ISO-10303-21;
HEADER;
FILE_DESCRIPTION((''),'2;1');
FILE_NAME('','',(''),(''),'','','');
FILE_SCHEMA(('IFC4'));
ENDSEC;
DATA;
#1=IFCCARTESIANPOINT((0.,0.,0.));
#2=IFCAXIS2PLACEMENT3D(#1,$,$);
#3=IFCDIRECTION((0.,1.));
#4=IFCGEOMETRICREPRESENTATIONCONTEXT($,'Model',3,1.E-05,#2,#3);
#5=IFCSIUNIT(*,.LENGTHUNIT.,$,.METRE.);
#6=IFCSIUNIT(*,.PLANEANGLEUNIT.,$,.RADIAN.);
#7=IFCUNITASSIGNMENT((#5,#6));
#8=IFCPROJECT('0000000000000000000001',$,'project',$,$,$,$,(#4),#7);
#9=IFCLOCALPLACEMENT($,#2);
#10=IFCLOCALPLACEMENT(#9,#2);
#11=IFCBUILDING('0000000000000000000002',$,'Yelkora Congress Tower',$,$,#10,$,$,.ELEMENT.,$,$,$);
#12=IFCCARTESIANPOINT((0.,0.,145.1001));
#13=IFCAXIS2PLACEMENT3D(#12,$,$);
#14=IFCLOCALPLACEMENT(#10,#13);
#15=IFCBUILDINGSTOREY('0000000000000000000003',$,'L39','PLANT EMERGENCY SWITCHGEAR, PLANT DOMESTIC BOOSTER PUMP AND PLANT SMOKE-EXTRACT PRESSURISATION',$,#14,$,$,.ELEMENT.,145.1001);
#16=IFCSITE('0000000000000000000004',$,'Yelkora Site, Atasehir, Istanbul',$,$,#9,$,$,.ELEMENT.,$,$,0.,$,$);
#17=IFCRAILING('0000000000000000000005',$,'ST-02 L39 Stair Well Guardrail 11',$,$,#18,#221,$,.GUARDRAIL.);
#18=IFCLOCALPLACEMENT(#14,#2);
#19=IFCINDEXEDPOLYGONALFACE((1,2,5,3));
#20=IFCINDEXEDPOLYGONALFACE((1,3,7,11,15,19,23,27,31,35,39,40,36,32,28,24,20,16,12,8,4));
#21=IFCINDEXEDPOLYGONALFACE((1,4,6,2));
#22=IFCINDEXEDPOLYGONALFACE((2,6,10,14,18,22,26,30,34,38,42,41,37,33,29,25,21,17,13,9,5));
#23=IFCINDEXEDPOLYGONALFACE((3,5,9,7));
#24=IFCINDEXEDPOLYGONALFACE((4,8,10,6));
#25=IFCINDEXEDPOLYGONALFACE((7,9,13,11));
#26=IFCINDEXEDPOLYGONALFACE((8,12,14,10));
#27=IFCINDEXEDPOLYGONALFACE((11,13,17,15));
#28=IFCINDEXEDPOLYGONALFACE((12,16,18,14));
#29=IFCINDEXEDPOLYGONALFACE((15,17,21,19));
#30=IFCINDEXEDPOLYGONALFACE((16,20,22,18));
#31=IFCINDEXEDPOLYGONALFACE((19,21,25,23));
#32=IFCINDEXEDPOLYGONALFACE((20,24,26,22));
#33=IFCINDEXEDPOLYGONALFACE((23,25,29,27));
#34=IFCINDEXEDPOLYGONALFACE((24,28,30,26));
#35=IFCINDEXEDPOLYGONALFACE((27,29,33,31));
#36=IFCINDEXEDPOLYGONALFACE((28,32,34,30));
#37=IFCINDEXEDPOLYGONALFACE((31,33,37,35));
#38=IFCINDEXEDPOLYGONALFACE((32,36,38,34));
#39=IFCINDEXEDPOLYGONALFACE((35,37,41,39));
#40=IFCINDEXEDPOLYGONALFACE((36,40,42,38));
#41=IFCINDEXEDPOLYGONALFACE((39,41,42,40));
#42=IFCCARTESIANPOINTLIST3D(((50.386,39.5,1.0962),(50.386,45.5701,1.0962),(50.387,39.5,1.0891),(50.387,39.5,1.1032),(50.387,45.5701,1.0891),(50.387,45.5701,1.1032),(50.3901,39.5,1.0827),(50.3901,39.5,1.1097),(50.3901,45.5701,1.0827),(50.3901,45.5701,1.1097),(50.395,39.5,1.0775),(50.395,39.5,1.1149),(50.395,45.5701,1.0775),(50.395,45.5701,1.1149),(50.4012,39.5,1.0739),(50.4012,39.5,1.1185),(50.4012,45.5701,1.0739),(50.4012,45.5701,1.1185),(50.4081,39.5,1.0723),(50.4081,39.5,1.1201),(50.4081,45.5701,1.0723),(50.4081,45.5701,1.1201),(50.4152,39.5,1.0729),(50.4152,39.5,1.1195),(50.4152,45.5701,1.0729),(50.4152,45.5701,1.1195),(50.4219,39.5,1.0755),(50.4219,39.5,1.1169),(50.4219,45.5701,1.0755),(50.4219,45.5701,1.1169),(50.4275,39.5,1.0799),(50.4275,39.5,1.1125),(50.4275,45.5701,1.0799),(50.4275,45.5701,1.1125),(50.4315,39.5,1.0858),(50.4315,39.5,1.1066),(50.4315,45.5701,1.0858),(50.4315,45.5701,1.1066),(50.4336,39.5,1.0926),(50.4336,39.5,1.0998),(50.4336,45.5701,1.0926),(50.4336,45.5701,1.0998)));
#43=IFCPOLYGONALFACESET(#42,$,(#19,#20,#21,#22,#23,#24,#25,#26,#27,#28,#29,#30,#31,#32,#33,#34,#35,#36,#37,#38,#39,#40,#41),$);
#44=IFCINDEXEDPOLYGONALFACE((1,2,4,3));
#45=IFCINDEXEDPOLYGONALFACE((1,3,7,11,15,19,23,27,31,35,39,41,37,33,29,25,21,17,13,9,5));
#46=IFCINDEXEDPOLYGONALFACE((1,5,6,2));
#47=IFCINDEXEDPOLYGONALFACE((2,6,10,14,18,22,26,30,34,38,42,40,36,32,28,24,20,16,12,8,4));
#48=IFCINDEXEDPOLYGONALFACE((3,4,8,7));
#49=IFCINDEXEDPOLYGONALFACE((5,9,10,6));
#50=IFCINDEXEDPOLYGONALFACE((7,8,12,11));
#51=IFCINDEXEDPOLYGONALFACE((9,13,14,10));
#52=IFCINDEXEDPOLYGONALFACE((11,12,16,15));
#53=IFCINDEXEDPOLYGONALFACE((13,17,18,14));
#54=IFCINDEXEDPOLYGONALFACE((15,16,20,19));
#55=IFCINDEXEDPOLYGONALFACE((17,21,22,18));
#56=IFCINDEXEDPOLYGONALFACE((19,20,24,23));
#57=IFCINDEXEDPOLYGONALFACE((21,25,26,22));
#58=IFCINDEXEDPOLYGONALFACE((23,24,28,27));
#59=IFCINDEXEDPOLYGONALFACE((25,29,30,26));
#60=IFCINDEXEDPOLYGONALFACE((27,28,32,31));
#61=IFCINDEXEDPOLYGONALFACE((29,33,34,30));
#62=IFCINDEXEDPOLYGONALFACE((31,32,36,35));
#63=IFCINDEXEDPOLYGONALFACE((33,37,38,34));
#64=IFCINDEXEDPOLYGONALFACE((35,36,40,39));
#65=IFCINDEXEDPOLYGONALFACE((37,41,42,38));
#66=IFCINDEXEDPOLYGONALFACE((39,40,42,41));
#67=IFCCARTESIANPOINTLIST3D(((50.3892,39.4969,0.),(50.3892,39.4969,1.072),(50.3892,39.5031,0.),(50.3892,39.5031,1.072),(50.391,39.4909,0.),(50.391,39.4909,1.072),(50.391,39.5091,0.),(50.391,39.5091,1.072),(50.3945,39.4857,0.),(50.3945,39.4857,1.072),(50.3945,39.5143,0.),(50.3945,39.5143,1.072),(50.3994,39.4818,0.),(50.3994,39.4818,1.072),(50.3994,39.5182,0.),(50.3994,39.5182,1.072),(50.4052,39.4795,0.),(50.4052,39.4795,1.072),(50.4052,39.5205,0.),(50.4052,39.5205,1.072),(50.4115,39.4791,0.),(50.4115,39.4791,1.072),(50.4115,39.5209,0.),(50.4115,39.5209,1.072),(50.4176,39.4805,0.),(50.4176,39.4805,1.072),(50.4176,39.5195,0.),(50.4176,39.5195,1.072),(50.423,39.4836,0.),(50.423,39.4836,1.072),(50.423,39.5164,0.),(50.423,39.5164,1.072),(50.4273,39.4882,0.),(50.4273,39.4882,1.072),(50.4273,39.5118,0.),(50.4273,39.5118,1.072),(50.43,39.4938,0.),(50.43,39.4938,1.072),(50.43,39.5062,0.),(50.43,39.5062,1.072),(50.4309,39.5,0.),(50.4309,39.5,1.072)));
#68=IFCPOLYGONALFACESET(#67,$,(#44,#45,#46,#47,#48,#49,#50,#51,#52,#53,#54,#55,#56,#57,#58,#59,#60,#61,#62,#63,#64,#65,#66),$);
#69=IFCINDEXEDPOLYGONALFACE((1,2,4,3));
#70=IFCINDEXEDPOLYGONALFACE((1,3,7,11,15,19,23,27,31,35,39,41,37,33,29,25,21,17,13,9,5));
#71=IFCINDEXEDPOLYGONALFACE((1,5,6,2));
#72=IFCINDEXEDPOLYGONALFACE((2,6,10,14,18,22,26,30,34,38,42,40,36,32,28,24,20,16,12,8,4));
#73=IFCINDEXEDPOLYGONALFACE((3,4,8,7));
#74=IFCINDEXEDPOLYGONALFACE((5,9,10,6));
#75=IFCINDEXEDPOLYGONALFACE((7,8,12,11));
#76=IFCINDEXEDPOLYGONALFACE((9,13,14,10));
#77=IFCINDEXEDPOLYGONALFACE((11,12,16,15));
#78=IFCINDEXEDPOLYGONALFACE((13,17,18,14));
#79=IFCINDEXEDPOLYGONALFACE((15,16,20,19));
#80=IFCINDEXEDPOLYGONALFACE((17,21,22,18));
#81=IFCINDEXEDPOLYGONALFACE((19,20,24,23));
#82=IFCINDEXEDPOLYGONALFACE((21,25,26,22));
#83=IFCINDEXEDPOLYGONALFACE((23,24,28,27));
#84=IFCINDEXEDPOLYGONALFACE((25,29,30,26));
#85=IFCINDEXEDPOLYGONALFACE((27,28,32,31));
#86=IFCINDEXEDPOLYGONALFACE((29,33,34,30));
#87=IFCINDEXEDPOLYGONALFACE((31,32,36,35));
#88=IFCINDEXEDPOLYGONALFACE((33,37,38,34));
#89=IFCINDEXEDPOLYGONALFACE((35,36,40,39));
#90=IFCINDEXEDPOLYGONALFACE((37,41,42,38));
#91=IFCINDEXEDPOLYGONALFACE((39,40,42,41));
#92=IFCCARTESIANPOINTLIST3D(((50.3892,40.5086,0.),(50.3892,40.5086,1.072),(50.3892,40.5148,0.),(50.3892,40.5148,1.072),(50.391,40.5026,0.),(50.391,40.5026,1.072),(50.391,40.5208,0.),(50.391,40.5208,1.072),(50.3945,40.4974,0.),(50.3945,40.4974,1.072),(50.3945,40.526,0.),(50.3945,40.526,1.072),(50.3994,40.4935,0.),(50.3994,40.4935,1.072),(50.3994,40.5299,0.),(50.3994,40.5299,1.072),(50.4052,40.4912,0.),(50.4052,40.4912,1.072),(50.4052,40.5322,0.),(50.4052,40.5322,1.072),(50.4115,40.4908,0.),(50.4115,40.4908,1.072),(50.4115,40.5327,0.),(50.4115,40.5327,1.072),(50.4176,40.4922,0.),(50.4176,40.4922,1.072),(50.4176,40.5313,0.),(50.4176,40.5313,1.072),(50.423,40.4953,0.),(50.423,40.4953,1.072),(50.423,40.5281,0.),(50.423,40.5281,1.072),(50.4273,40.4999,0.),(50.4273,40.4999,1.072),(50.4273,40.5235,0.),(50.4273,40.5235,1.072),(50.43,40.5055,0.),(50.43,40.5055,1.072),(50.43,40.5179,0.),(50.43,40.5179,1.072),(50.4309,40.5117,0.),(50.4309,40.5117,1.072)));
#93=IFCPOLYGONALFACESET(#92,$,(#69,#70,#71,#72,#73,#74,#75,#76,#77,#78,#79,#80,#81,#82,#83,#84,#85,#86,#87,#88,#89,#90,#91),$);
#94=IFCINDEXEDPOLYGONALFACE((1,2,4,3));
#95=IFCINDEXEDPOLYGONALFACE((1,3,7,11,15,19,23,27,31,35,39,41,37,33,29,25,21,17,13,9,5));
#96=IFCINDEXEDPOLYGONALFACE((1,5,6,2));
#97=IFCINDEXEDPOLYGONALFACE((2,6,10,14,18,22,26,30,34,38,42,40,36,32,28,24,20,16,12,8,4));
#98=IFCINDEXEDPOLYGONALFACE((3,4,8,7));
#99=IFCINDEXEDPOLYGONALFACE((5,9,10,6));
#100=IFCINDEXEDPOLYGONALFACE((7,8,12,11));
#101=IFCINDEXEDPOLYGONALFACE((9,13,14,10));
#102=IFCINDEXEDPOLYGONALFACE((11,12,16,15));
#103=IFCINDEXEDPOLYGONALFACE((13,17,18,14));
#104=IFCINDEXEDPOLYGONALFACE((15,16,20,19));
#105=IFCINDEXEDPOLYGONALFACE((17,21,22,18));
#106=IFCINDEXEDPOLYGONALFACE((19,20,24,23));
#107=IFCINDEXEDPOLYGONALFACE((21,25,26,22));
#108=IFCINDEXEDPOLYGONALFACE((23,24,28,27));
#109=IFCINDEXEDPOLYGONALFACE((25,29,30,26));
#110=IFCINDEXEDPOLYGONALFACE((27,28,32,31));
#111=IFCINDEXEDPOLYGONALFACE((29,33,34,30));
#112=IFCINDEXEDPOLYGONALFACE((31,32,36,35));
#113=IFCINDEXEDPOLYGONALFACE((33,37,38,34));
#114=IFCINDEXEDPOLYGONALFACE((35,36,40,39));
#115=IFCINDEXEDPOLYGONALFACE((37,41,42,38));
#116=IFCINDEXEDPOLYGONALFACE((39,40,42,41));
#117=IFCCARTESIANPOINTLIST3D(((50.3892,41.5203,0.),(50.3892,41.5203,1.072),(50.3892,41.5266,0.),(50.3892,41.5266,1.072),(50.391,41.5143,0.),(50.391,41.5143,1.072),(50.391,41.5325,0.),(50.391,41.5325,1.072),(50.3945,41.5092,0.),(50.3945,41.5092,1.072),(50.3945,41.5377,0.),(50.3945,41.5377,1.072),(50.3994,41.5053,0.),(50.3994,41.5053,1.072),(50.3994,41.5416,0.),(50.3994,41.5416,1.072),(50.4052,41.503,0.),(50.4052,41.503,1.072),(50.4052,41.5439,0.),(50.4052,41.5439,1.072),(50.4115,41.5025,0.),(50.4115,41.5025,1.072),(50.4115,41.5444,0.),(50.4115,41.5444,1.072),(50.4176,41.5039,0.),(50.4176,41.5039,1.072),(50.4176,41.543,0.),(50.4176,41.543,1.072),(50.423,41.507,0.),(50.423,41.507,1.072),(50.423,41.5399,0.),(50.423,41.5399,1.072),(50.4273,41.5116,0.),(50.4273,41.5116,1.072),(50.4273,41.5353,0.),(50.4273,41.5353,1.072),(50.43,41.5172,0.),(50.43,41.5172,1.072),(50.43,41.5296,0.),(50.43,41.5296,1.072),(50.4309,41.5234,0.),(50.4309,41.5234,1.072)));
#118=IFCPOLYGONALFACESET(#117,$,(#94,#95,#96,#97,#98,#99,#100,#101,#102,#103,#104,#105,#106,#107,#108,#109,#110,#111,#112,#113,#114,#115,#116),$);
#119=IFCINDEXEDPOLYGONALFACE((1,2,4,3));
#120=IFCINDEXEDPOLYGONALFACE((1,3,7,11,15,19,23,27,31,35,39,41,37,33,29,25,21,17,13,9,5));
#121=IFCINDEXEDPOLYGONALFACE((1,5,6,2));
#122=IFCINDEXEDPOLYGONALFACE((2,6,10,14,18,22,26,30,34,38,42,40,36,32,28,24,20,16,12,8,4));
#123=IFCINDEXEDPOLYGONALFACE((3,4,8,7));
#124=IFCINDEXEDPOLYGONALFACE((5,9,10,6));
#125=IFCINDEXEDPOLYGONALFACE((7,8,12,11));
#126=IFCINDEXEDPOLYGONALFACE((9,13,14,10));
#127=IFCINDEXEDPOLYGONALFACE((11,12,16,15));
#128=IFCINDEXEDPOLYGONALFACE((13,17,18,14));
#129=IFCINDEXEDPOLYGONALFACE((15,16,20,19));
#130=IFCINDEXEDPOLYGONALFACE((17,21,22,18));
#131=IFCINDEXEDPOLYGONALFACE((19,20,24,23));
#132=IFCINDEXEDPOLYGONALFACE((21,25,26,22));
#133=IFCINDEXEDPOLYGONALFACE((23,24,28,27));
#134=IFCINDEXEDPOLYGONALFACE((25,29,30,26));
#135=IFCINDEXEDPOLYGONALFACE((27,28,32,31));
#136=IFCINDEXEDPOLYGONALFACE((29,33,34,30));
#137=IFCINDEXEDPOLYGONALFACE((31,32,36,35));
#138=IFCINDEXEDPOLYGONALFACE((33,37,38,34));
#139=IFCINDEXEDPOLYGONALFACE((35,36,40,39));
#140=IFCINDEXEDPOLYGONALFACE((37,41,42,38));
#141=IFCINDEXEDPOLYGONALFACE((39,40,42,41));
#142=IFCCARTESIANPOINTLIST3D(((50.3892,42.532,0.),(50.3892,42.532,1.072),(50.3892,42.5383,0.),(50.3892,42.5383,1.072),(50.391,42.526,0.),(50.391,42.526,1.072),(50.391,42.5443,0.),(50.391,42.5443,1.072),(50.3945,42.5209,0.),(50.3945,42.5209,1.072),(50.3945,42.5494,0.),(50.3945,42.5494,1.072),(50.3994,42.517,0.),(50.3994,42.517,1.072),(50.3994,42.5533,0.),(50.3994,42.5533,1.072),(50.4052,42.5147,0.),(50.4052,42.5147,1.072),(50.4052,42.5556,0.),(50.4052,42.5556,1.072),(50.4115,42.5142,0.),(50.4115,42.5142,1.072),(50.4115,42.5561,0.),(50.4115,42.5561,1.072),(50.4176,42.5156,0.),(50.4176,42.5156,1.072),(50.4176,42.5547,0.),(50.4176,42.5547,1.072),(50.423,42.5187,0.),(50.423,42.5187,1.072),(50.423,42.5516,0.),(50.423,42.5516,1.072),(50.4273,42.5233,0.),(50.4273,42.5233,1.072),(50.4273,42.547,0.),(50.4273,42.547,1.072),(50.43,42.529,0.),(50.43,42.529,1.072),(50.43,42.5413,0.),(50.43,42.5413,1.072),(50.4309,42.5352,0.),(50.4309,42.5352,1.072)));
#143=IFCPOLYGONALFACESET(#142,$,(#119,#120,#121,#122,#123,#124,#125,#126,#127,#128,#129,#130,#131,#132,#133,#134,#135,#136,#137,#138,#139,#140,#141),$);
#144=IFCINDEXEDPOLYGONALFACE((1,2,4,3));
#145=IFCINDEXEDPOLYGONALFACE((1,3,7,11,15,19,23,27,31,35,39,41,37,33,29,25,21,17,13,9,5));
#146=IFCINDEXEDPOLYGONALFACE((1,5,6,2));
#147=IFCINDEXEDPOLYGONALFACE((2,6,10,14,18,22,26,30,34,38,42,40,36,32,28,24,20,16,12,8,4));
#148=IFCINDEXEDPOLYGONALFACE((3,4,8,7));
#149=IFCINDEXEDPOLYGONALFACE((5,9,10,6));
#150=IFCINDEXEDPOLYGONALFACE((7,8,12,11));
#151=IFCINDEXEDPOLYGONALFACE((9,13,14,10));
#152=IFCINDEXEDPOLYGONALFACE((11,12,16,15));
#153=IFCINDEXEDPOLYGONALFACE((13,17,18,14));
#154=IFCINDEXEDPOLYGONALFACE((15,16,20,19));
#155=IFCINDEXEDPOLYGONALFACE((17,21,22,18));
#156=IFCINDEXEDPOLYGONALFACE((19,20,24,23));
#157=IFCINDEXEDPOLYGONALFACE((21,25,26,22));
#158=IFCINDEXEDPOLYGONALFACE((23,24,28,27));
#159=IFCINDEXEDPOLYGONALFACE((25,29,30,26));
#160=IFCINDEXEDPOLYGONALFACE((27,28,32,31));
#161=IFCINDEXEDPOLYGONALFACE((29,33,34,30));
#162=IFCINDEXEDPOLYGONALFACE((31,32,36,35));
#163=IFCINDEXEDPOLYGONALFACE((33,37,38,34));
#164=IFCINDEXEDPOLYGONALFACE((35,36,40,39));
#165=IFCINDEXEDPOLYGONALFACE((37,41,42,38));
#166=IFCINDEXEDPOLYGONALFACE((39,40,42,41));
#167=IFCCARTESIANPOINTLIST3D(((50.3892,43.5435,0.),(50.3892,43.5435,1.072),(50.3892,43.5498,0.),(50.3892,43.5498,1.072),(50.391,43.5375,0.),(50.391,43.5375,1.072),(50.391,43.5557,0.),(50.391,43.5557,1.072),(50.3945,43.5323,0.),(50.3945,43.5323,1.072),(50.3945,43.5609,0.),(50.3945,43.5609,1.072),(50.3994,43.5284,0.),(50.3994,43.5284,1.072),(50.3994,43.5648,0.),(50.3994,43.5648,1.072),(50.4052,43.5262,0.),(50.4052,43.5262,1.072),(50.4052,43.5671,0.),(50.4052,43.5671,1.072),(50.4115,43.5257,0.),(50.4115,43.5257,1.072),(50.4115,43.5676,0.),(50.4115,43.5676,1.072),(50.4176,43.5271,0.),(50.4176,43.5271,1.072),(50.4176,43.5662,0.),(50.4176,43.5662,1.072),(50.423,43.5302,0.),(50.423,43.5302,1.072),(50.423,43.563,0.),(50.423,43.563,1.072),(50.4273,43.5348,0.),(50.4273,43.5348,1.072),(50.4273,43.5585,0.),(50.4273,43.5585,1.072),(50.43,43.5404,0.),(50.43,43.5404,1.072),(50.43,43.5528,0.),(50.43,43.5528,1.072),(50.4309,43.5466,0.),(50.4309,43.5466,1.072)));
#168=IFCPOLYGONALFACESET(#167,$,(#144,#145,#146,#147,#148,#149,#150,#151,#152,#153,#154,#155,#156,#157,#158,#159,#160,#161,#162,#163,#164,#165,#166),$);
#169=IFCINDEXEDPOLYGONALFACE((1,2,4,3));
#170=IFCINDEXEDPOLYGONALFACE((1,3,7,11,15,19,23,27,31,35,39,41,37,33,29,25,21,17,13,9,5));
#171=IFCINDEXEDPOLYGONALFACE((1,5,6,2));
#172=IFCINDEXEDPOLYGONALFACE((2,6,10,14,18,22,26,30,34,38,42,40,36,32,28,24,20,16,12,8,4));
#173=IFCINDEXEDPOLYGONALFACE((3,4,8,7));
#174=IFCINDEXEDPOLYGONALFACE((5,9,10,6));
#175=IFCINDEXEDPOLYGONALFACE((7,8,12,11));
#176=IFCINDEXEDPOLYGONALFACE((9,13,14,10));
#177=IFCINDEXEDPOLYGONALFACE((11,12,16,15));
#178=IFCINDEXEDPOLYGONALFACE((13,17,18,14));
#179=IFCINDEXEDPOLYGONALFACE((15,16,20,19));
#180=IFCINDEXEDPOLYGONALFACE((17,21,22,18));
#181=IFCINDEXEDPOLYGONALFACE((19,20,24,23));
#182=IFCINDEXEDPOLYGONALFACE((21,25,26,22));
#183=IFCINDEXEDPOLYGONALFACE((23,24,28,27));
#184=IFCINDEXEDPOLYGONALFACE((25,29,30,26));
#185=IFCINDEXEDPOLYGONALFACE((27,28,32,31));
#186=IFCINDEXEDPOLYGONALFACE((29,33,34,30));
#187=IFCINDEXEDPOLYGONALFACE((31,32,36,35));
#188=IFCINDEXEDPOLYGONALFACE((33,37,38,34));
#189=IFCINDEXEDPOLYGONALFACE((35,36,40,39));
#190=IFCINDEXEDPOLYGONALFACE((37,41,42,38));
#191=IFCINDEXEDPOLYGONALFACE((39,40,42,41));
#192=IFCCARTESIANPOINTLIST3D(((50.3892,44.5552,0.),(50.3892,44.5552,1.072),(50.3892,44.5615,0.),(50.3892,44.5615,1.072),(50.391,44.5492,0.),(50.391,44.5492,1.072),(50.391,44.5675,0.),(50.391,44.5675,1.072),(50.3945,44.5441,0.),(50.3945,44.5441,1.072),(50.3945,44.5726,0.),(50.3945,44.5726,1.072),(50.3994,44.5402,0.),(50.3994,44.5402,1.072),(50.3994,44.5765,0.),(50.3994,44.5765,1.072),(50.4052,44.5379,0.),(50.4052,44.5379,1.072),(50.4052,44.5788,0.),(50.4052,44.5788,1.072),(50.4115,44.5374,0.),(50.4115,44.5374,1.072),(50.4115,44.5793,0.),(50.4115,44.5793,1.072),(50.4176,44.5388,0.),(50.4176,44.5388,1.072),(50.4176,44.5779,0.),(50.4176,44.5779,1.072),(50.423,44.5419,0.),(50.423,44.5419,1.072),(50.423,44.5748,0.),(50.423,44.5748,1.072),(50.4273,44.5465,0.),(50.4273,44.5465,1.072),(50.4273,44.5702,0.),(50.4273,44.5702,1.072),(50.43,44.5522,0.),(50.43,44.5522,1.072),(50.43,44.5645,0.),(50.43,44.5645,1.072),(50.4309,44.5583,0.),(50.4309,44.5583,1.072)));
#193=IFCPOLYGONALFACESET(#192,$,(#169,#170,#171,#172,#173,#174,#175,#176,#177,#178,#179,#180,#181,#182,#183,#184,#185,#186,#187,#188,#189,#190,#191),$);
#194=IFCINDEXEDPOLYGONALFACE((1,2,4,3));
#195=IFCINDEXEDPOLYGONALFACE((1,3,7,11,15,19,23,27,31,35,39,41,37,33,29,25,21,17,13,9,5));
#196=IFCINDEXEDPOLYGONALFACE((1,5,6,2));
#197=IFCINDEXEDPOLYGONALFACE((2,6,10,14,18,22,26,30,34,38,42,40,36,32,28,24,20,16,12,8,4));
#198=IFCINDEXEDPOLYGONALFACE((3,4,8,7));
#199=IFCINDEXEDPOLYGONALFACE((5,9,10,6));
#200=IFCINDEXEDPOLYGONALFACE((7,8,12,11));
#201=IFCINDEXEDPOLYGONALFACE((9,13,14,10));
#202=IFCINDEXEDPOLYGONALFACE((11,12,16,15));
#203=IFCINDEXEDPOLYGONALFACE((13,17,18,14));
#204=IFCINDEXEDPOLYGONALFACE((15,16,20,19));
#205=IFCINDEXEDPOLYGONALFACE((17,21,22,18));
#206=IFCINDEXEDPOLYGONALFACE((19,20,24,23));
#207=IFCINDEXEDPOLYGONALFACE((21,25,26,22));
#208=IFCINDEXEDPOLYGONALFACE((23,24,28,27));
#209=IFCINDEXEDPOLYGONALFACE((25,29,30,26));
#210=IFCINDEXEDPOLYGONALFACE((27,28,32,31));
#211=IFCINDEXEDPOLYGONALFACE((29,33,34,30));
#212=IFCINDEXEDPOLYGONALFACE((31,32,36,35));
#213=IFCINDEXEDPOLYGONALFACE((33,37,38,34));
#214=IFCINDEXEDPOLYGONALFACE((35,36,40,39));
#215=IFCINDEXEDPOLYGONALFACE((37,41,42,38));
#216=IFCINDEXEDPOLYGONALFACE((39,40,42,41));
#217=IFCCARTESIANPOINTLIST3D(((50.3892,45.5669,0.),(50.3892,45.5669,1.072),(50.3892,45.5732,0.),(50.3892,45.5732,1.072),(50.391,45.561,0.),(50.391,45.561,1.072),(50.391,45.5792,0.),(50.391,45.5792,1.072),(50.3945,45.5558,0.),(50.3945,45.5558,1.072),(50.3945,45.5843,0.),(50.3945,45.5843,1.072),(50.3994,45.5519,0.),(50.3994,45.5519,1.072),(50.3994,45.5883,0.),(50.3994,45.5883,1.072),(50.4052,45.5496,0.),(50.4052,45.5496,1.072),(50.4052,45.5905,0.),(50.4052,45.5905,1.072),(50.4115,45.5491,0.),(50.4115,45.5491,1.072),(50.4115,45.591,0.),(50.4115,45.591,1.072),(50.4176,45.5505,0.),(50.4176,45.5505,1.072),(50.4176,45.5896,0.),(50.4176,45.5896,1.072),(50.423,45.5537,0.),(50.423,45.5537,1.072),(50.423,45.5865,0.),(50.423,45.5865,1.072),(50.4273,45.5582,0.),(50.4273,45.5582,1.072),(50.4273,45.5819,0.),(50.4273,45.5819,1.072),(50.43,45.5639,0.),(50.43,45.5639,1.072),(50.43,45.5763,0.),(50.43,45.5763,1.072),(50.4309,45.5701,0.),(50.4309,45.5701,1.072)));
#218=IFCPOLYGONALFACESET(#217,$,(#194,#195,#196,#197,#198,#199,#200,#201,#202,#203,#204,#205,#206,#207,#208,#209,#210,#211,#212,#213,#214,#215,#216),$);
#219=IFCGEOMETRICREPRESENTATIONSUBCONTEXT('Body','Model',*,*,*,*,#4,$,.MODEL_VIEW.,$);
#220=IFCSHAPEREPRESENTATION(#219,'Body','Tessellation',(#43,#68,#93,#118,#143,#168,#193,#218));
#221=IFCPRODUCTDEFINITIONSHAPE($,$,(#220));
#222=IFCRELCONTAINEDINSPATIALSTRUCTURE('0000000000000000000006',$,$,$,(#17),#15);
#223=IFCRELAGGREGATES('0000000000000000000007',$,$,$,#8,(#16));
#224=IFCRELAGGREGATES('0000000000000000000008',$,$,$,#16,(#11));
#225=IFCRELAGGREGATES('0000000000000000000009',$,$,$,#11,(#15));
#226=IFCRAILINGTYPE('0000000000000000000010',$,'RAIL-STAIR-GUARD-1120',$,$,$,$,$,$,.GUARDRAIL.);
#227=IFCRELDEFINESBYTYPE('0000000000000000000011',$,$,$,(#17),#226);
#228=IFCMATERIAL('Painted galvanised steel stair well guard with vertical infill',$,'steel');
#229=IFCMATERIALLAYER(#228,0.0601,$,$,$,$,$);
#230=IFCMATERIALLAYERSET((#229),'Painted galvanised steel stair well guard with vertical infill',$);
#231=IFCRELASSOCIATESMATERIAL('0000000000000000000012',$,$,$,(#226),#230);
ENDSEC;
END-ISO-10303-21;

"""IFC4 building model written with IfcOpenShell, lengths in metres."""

from ifc_helpers import new_model, si_unit, direction, frame, origin, origin_2d, place, context, subcontext, project, spatial, circle, extrude, material, layer, layer_set, type_object, element, save


model = new_model("IFC4")

# Units and contexts
model_context = context("Model", 3, precision=1e-05, world=origin(), true_north=direction((0.0, 1.0)))
body_context = subcontext(model_context, "Body", "Model", "MODEL_VIEW")
ifc_project = project(units=[si_unit("LENGTHUNIT", "METRE"), si_unit("PLANEANGLEUNIT", "RADIAN")], contexts=[model_context])

# Site, building, storey
site_placement = place(None, origin())
site = spatial("IfcSite", under=ifc_project, at=site_placement, Name="Yelkora Site, Atasehir, Istanbul", CompositionType="ELEMENT", RefElevation=0.0)
building_placement = place(site_placement, origin())
building = spatial("IfcBuilding", under=site, at=building_placement, Name="Yelkora Congress Tower", CompositionType="ELEMENT")
storey_placement = place(building_placement, frame((0.0, 0.0, 145.1001)))
storey = spatial("IfcBuildingStorey", under=building, at=storey_placement, Name="L39", Description="PLANT EMERGENCY SWITCHGEAR, PLANT DOMESTIC BOOSTER PUMP AND PLANT SMOKE-EXTRACT PRESSURISATION", CompositionType="ELEMENT", Elevation=145.1001)

# Railing
ifc_material_1 = material(Name="Painted galvanised steel stair well guard with vertical infill", Category="steel")
ifc_layer_1 = layer(ifc_material_1, 0.0601)
ifc_layer_set_1 = layer_set([ifc_layer_1], Name="Painted galvanised steel stair well guard with vertical infill")
railing_type = type_object("IfcRailingType", Name="RAIL-STAIR-GUARD-1120", PredefinedType="GUARDRAIL", material=ifc_layer_set_1)
railing_1_placement = place(storey_placement, frame((50.4099, 39.5, 0.0)))
element("IfcRailing", 1, at=railing_1_placement, inside=storey, type_object=railing_type, Name="ST-02 L39 Stair Well Guardrail 11", PredefinedType="GUARDRAIL", context=body_context, shape_type="SweptSolid", body=[
    extrude(circle(Radius=0.0239, at=origin_2d()), frame((0.0, 0.0, 1.0962), z_axis=(0.0, 1.0, 0.0), x_axis=(-1.0, 0.0, 0.0)), (0.0, 0.0, 1.0), 6.0701),
    extrude(circle(Radius=0.021, at=origin_2d()), origin(), (0.0, 0.0, 1.0), 1.072),
    extrude(circle(Radius=0.021, at=origin_2d()), frame((0.0, 1.0117, 0.0)), (0.0, 0.0, 1.0), 1.072),
    extrude(circle(Radius=0.021, at=origin_2d()), frame((0.0, 2.0234, 0.0)), (0.0, 0.0, 1.0), 1.072),
    extrude(circle(Radius=0.021, at=origin_2d()), frame((0.0, 3.0352, 0.0)), (0.0, 0.0, 1.0), 1.072),
    extrude(circle(Radius=0.021, at=origin_2d()), frame((0.0, 4.0466, 0.0)), (0.0, 0.0, 1.0), 1.072),
    extrude(circle(Radius=0.021, at=origin_2d()), frame((0.0, 5.0583, 0.0)), (0.0, 0.0, 1.0), 1.072),
    extrude(circle(Radius=0.021, at=origin_2d()), frame((0.0, 6.0701, 0.0)), (0.0, 0.0, 1.0), 1.072),
])

save(model, "model.ifc")
